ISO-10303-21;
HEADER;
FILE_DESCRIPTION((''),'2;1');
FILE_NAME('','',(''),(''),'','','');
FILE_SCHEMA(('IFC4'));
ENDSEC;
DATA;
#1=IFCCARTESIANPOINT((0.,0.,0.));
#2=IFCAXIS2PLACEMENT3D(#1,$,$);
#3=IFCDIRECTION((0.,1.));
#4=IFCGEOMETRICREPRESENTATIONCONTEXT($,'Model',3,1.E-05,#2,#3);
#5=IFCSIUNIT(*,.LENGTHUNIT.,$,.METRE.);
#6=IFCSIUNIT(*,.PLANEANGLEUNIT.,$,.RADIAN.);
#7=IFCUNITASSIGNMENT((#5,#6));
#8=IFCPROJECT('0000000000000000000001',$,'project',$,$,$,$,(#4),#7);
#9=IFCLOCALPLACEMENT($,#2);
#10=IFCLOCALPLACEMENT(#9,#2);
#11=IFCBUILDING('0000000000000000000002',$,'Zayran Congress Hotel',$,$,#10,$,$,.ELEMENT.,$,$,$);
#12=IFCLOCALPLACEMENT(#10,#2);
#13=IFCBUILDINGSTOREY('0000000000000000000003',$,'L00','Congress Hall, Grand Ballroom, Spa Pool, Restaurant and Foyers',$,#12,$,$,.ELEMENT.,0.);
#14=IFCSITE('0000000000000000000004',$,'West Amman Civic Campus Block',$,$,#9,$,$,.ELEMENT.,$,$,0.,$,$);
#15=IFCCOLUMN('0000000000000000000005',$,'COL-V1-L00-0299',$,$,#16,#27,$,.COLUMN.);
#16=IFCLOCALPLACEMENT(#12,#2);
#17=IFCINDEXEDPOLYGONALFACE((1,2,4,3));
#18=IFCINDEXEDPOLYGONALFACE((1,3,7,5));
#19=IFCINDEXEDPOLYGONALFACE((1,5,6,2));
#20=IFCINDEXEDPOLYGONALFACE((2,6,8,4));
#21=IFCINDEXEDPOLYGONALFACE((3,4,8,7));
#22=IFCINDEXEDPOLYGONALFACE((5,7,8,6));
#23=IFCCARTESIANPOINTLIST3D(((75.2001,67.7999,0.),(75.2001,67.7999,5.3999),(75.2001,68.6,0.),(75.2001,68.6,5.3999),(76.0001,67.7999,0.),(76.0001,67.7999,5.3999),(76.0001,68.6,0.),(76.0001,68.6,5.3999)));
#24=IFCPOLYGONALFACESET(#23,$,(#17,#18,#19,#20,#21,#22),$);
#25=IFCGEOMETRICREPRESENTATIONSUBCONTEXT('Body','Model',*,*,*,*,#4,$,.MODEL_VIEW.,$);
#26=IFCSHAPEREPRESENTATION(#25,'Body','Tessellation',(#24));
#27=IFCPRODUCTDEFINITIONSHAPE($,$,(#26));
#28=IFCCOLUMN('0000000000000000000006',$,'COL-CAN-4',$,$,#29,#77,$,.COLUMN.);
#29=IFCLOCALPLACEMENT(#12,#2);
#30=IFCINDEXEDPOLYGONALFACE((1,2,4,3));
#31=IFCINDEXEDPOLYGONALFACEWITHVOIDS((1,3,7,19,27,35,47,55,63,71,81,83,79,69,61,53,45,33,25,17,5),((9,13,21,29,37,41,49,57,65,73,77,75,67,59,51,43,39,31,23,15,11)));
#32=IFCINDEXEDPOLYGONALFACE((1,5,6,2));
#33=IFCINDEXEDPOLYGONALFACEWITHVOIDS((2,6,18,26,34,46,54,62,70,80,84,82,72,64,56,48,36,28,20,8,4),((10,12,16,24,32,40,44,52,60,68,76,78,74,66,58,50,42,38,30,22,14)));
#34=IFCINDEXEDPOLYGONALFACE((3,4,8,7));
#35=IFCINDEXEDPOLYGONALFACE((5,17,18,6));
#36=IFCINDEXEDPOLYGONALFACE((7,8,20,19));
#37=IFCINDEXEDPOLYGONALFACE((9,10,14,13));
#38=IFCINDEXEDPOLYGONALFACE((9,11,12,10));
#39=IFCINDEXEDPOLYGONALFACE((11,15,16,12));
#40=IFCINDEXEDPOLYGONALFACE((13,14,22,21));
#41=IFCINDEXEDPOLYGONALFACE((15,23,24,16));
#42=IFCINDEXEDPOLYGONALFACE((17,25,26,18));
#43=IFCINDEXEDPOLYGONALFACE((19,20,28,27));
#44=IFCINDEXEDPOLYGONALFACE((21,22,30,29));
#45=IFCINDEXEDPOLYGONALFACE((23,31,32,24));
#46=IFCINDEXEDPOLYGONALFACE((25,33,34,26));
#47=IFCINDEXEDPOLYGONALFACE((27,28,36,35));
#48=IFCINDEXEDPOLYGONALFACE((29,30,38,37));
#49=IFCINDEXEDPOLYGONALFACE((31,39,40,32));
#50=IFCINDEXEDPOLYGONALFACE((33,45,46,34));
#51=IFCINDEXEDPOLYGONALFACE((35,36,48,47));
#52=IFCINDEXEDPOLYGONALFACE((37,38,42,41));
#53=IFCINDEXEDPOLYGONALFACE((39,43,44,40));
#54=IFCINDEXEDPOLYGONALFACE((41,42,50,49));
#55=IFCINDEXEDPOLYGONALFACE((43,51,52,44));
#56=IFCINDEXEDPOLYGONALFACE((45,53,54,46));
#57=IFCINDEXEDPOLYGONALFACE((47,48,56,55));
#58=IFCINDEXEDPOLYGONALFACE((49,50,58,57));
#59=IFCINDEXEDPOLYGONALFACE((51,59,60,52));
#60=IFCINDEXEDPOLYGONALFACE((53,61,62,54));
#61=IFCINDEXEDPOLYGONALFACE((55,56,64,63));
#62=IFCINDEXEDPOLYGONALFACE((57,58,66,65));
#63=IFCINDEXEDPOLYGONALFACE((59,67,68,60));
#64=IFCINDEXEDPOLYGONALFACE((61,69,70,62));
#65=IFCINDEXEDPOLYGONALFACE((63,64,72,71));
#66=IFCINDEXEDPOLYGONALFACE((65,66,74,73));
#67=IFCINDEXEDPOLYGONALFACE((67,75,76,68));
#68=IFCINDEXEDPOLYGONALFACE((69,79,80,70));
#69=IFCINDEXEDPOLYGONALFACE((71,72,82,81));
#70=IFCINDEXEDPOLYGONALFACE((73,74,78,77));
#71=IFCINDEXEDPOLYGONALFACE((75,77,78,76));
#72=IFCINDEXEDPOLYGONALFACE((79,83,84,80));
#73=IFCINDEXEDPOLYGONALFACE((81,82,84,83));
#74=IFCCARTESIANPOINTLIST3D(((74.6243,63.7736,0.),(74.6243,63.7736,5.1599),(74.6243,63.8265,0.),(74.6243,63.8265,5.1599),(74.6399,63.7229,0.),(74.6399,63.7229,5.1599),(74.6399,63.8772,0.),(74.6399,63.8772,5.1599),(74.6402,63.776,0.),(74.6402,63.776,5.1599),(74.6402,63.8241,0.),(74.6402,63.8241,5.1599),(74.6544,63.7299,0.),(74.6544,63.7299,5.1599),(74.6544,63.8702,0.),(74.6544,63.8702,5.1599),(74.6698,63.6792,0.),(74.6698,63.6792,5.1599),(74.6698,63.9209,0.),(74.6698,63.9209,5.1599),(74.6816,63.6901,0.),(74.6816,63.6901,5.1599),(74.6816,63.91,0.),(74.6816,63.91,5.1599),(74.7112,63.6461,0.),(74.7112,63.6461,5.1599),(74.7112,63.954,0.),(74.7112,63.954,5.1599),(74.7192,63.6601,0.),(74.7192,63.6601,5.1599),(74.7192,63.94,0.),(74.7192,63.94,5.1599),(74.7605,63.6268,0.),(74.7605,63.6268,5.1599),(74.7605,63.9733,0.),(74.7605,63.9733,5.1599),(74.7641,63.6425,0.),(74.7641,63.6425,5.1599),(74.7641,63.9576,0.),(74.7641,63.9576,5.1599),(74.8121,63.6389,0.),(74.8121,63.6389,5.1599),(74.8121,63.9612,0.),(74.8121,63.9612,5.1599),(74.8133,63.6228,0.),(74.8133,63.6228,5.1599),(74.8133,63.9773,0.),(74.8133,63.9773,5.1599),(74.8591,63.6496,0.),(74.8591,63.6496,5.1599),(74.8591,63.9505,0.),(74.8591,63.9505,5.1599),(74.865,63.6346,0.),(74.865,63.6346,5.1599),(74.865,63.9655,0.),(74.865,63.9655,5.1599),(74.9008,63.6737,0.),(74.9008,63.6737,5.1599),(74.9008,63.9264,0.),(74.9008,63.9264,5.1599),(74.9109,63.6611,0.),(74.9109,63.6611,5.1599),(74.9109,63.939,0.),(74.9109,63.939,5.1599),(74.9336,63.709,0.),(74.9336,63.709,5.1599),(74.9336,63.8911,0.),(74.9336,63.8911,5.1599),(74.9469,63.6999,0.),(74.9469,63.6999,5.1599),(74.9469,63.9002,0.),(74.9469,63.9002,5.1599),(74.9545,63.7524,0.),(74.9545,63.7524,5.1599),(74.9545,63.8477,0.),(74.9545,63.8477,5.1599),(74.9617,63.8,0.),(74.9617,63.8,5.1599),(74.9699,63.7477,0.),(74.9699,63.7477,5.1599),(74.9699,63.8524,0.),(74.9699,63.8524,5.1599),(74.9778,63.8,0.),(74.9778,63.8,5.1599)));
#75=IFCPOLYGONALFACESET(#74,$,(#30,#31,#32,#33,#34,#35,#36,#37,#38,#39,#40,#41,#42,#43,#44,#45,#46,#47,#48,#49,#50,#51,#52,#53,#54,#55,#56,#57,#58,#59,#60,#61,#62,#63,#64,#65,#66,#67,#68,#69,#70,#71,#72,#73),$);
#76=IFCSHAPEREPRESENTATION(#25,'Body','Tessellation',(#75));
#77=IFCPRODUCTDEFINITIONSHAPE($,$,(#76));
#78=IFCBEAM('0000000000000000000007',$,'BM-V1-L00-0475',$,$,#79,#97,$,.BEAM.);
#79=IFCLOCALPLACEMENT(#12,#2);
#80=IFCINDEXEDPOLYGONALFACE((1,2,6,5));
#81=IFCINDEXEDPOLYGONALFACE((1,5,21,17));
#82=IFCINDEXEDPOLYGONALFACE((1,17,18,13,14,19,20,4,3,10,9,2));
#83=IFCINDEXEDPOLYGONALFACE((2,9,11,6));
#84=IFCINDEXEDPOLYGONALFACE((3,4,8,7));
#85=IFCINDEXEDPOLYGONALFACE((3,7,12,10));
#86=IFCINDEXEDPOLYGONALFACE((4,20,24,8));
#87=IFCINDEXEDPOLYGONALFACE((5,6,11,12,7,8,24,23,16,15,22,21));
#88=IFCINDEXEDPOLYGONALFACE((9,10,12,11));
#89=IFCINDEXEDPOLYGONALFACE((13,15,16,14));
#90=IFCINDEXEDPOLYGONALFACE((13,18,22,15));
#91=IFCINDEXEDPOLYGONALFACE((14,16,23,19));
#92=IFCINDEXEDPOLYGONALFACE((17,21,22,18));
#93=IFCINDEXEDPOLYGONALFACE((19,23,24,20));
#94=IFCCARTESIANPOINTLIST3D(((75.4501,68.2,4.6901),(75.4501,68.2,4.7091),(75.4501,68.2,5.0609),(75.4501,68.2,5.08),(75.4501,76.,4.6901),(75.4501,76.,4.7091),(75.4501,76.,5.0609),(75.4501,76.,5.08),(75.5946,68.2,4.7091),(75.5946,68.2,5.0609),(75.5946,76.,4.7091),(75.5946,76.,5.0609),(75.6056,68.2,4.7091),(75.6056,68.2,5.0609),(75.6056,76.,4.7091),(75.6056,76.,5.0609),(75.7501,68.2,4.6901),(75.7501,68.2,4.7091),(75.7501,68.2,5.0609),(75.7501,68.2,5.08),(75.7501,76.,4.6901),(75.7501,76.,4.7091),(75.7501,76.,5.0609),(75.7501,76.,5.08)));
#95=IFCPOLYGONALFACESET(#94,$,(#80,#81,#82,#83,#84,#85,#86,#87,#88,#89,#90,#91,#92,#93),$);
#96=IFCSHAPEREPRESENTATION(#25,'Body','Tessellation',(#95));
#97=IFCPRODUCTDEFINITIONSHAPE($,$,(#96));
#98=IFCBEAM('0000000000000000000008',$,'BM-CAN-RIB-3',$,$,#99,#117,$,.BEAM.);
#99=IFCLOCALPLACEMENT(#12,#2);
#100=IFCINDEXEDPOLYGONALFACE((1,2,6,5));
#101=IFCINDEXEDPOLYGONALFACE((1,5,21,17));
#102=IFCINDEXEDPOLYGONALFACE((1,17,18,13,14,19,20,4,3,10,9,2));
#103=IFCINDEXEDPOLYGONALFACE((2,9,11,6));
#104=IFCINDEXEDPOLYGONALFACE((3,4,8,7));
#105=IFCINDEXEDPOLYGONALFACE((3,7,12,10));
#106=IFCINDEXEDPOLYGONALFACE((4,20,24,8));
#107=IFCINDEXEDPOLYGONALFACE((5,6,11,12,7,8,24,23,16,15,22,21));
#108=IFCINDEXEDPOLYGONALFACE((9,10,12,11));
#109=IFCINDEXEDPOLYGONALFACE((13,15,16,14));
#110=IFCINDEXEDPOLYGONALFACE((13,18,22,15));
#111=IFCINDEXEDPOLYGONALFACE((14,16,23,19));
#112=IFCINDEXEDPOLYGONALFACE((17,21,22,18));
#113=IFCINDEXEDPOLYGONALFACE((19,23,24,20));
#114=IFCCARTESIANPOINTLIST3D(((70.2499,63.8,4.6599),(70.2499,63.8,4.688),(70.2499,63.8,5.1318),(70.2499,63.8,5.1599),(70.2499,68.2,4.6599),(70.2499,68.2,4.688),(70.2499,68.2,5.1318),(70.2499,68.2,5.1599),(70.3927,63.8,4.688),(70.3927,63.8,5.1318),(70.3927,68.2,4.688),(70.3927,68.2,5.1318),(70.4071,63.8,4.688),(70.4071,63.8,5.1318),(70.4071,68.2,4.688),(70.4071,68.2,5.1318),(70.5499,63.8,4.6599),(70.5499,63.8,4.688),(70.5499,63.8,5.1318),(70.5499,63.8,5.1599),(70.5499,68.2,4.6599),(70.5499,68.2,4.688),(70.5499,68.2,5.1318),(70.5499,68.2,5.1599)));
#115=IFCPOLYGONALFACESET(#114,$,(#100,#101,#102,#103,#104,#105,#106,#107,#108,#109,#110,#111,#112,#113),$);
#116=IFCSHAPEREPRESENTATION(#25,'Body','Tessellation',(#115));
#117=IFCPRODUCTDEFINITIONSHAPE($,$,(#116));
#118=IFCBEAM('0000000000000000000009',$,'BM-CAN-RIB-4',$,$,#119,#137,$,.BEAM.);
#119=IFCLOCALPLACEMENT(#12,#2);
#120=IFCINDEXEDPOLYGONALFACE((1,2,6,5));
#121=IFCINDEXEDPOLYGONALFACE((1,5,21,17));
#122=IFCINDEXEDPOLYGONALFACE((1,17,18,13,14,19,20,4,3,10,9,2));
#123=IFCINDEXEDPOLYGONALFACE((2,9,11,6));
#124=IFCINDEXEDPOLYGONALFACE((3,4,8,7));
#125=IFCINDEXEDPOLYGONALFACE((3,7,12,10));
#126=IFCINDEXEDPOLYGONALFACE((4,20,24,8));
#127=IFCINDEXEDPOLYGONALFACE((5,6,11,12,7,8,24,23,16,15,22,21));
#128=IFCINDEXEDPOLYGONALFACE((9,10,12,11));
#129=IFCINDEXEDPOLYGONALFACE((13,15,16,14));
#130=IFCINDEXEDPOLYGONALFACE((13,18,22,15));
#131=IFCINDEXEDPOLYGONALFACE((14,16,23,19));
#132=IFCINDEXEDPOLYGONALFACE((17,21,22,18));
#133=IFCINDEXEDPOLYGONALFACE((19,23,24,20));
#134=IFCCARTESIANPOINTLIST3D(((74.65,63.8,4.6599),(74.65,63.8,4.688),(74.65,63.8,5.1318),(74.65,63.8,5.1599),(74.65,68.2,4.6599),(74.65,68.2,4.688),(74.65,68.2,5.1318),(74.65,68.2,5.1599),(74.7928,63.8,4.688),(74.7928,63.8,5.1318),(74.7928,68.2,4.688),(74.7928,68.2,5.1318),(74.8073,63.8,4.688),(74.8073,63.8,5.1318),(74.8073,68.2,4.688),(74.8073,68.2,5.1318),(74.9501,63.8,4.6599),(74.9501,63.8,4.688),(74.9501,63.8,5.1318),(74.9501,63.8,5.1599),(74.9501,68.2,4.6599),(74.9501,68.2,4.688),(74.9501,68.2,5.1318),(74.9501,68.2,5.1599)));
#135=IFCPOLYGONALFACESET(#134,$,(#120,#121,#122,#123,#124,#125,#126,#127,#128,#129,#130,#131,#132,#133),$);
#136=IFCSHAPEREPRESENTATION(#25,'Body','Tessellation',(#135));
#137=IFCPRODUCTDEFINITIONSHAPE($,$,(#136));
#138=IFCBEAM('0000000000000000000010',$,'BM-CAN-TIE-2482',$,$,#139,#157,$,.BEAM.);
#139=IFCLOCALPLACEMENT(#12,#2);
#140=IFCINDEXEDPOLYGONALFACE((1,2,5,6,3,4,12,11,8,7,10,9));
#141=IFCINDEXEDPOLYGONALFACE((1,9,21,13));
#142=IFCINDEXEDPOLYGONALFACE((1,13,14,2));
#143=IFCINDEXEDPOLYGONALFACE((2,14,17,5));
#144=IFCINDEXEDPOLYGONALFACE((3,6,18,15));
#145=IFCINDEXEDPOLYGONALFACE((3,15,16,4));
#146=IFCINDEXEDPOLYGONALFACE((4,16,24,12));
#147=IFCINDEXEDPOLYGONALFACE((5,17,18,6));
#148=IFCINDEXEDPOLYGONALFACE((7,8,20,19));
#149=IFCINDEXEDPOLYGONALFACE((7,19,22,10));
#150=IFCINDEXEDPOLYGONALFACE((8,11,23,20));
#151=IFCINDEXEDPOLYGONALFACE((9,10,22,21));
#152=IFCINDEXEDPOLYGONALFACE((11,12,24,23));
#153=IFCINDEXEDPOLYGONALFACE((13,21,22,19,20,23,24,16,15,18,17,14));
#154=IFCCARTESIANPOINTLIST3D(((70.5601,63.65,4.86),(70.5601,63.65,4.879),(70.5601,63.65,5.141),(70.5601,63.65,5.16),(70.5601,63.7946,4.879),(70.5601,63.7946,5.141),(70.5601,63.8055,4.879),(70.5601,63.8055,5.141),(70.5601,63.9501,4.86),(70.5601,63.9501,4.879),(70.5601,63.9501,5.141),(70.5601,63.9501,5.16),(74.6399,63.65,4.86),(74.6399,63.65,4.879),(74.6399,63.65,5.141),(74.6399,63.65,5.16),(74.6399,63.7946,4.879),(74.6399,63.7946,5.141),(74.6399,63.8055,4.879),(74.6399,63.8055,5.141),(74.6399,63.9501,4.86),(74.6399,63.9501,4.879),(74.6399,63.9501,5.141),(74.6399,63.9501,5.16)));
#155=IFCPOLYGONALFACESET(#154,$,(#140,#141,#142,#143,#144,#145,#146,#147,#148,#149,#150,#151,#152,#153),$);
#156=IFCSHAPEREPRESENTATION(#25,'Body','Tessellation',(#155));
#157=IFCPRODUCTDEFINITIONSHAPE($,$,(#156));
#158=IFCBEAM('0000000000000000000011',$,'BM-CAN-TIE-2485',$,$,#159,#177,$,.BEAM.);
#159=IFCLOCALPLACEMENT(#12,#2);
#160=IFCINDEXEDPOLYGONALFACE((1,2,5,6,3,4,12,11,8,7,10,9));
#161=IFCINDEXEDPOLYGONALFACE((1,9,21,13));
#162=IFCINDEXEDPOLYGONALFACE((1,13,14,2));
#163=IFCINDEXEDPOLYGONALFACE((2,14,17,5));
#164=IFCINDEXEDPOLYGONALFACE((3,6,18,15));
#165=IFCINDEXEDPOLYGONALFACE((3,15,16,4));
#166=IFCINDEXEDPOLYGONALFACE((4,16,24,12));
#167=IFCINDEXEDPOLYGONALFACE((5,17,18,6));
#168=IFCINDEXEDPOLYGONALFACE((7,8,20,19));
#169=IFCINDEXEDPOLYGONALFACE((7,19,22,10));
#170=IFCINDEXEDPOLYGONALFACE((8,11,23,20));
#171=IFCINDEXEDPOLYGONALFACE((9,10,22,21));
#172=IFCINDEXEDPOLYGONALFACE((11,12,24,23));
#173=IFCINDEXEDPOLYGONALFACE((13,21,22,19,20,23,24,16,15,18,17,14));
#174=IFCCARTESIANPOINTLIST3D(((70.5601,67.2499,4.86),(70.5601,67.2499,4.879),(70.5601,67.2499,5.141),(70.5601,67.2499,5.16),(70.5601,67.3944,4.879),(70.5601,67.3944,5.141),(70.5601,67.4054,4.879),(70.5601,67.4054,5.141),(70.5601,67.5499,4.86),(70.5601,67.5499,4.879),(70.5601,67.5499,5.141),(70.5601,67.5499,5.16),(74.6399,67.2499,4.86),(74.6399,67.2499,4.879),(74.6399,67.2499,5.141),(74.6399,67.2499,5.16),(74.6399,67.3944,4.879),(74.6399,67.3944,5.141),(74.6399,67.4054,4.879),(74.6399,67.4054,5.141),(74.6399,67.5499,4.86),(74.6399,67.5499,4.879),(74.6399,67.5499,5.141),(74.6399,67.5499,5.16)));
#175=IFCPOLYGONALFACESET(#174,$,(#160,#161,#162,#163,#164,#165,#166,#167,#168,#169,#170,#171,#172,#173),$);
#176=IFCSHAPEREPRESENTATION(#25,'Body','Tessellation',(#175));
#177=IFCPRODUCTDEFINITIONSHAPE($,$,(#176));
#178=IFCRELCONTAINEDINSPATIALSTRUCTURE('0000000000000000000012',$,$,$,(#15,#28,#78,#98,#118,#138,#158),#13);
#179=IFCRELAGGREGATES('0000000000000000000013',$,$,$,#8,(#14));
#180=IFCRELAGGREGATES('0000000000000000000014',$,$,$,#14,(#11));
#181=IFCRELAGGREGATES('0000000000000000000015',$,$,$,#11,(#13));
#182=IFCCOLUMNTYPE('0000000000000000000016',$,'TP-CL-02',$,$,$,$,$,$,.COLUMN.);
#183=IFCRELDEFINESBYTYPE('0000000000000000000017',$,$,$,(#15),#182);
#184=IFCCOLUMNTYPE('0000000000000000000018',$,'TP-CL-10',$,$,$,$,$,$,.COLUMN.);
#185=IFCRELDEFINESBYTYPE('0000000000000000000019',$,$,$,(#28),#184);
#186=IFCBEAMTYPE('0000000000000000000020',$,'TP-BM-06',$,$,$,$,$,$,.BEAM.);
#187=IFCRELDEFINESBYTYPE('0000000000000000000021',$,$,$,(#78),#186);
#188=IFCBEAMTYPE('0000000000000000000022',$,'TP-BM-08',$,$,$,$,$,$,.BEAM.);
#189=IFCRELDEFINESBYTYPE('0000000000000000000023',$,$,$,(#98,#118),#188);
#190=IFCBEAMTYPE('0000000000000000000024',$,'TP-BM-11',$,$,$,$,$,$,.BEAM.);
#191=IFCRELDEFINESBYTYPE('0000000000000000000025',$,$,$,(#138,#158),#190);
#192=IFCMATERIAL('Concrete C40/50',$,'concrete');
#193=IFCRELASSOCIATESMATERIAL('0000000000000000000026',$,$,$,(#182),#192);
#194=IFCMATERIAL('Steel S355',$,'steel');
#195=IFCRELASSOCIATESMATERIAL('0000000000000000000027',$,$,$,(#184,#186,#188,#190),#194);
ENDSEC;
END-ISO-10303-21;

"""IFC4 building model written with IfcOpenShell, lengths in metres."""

from ifc_helpers import new_model, si_unit, direction, frame, origin, origin_2d, place, context, subcontext, project, spatial, rectangle, hollow_circle, i_section, extrude, material, material_profile, profile_set, type_object, element, save


model = new_model("IFC4")

# Units and contexts
model_context = context("Model", 3, precision=1e-05, world=origin(), true_north=direction((0.0, 1.0)))
body_context = subcontext(model_context, "Body", "Model", "MODEL_VIEW")
ifc_project = project(units=[si_unit("LENGTHUNIT", "METRE"), si_unit("PLANEANGLEUNIT", "RADIAN")], contexts=[model_context])

# Site, building, storey
site_placement = place(None, origin())
site = spatial("IfcSite", under=ifc_project, at=site_placement, Name="West Amman Civic Campus Block", CompositionType="ELEMENT", RefElevation=0.0)
building_placement = place(site_placement, origin())
building = spatial("IfcBuilding", under=site, at=building_placement, Name="Zayran Congress Hotel", CompositionType="ELEMENT")
storey_placement = place(building_placement, origin())
storey = spatial("IfcBuildingStorey", under=building, at=storey_placement, Name="L00", Description="Congress Hall, Grand Ballroom, Spa Pool, Restaurant and Foyers", CompositionType="ELEMENT", Elevation=0.0)

# Columns
ifc_material_1 = material(Name="Concrete C40/50", Category="concrete")
ifc_material_profile_1 = material_profile(ifc_material_1, rectangle(XDim=0.8, YDim=0.8, at=origin_2d()), Name="RC 800x800")
ifc_profile_set_1 = profile_set([ifc_material_profile_1], Name="Concrete C40/50")
column_type_1 = type_object("IfcColumnType", Name="TP-CL-02", PredefinedType="COLUMN", material=ifc_profile_set_1)
column_1_placement = place(storey_placement, frame((75.6001, 68.2, 0.0), z_axis=(0.0, 0.0, 1.0), x_axis=(1.0, 0.0, 0.0)))
element("IfcColumn", 1, at=column_1_placement, inside=storey, type_object=column_type_1, Name="COL-V1-L00-0299", PredefinedType="COLUMN", context=body_context, shape_type="SweptSolid", body=[
    extrude(rectangle(XDim=0.8, YDim=0.8, at=origin_2d()), origin(), (0.0, 0.0, 1.0), 5.3999),
])
ifc_material_2 = material(Name="Steel S355", Category="steel")
ifc_material_profile_2 = material_profile(ifc_material_2, hollow_circle(Radius=0.1777, WallThickness=0.0161, at=origin_2d()), Name="CHS 355.6x16")
ifc_profile_set_2 = profile_set([ifc_material_profile_2], Name="Steel S355")
column_type_2 = type_object("IfcColumnType", Name="TP-CL-10", PredefinedType="COLUMN", material=ifc_profile_set_2)
column_2_placement = place(storey_placement, frame((74.8, 63.8, 0.0), z_axis=(0.0, 0.0, 1.0), x_axis=(1.0, 0.0, 0.0)))
element("IfcColumn", 2, at=column_2_placement, inside=storey, type_object=column_type_2, Name="COL-CAN-4", PredefinedType="COLUMN", context=body_context, shape_type="SweptSolid", body=[
    extrude(hollow_circle(Radius=0.1777, WallThickness=0.0161, at=origin_2d()), origin(), (0.0, 0.0, 1.0), 5.1599),
])

# Beams
ifc_material_profile_3 = material_profile(ifc_material_2, i_section(OverallWidth=0.3, OverallDepth=0.3899, WebThickness=0.011, FlangeThickness=0.019, at=origin_2d()), Name="HEA 400")
ifc_profile_set_3 = profile_set([ifc_material_profile_3], Name="Steel S355")
beam_type_1 = type_object("IfcBeamType", Name="TP-BM-06", PredefinedType="BEAM", material=ifc_profile_set_3)
beam_1_placement = place(storey_placement, frame((75.6001, 68.2, 4.885), z_axis=(0.0, 1.0, 0.0), x_axis=(-1.0, 0.0, 0.0)))
element("IfcBeam", 3, at=beam_1_placement, inside=storey, type_object=beam_type_1, Name="BM-V1-L00-0475", PredefinedType="BEAM", context=body_context, shape_type="SweptSolid", body=[
    extrude(i_section(OverallWidth=0.3, OverallDepth=0.3899, WebThickness=0.011, FlangeThickness=0.019, at=origin_2d()), origin(), (0.0, 0.0, 1.0), 7.8),
])
ifc_material_profile_4 = material_profile(ifc_material_2, i_section(OverallWidth=0.3, OverallDepth=0.5, WebThickness=0.0144, FlangeThickness=0.0281, at=origin_2d()), Name="HEB 500")
ifc_profile_set_4 = profile_set([ifc_material_profile_4], Name="Steel S355")
beam_type_2 = type_object("IfcBeamType", Name="TP-BM-08", PredefinedType="BEAM", material=ifc_profile_set_4)
for number, where, z_axis, x_axis, name in (
    (4, (70.3999, 63.8, 4.9099), (0.0, 1.0, 0.0), (-1.0, 0.0, 0.0), "BM-CAN-RIB-3"),
    (5, (74.8, 63.8, 4.9099), (0.0, 1.0, 0.0), (-1.0, 0.0, 0.0), "BM-CAN-RIB-4"),
):
    element("IfcBeam", number, at=place(storey_placement, frame(where, z_axis=z_axis, x_axis=x_axis)), inside=storey, type_object=beam_type_2, Name=name, PredefinedType="BEAM", context=body_context, shape_type="SweptSolid", body=[
        extrude(i_section(OverallWidth=0.3, OverallDepth=0.5, WebThickness=0.0144, FlangeThickness=0.0281, at=origin_2d()), origin(), (0.0, 0.0, 1.0), 4.3999),
    ])
ifc_material_profile_5 = material_profile(ifc_material_2, i_section(OverallWidth=0.3, OverallDepth=0.3, WebThickness=0.011, FlangeThickness=0.019, at=origin_2d()), Name="HEB 300")
ifc_profile_set_5 = profile_set([ifc_material_profile_5], Name="Steel S355")
beam_type_3 = type_object("IfcBeamType", Name="TP-BM-11", PredefinedType="BEAM", material=ifc_profile_set_5)
for number, where, z_axis, x_axis, name in (
    (6, (70.5601, 63.8, 5.01), (1.0, 0.0, 0.0), (0.0, 1.0, 0.0), "BM-CAN-TIE-2482"),
    (7, (70.5601, 67.3999, 5.01), (1.0, 0.0, 0.0), (0.0, 1.0, 0.0), "BM-CAN-TIE-2485"),
):
    element("IfcBeam", number, at=place(storey_placement, frame(where, z_axis=z_axis, x_axis=x_axis)), inside=storey, type_object=beam_type_3, Name=name, PredefinedType="BEAM", context=body_context, shape_type="SweptSolid", body=[
        extrude(i_section(OverallWidth=0.3, OverallDepth=0.3, WebThickness=0.011, FlangeThickness=0.019, at=origin_2d()), origin(), (0.0, 0.0, 1.0), 4.0798),
    ])

save(model, "model.ifc")
